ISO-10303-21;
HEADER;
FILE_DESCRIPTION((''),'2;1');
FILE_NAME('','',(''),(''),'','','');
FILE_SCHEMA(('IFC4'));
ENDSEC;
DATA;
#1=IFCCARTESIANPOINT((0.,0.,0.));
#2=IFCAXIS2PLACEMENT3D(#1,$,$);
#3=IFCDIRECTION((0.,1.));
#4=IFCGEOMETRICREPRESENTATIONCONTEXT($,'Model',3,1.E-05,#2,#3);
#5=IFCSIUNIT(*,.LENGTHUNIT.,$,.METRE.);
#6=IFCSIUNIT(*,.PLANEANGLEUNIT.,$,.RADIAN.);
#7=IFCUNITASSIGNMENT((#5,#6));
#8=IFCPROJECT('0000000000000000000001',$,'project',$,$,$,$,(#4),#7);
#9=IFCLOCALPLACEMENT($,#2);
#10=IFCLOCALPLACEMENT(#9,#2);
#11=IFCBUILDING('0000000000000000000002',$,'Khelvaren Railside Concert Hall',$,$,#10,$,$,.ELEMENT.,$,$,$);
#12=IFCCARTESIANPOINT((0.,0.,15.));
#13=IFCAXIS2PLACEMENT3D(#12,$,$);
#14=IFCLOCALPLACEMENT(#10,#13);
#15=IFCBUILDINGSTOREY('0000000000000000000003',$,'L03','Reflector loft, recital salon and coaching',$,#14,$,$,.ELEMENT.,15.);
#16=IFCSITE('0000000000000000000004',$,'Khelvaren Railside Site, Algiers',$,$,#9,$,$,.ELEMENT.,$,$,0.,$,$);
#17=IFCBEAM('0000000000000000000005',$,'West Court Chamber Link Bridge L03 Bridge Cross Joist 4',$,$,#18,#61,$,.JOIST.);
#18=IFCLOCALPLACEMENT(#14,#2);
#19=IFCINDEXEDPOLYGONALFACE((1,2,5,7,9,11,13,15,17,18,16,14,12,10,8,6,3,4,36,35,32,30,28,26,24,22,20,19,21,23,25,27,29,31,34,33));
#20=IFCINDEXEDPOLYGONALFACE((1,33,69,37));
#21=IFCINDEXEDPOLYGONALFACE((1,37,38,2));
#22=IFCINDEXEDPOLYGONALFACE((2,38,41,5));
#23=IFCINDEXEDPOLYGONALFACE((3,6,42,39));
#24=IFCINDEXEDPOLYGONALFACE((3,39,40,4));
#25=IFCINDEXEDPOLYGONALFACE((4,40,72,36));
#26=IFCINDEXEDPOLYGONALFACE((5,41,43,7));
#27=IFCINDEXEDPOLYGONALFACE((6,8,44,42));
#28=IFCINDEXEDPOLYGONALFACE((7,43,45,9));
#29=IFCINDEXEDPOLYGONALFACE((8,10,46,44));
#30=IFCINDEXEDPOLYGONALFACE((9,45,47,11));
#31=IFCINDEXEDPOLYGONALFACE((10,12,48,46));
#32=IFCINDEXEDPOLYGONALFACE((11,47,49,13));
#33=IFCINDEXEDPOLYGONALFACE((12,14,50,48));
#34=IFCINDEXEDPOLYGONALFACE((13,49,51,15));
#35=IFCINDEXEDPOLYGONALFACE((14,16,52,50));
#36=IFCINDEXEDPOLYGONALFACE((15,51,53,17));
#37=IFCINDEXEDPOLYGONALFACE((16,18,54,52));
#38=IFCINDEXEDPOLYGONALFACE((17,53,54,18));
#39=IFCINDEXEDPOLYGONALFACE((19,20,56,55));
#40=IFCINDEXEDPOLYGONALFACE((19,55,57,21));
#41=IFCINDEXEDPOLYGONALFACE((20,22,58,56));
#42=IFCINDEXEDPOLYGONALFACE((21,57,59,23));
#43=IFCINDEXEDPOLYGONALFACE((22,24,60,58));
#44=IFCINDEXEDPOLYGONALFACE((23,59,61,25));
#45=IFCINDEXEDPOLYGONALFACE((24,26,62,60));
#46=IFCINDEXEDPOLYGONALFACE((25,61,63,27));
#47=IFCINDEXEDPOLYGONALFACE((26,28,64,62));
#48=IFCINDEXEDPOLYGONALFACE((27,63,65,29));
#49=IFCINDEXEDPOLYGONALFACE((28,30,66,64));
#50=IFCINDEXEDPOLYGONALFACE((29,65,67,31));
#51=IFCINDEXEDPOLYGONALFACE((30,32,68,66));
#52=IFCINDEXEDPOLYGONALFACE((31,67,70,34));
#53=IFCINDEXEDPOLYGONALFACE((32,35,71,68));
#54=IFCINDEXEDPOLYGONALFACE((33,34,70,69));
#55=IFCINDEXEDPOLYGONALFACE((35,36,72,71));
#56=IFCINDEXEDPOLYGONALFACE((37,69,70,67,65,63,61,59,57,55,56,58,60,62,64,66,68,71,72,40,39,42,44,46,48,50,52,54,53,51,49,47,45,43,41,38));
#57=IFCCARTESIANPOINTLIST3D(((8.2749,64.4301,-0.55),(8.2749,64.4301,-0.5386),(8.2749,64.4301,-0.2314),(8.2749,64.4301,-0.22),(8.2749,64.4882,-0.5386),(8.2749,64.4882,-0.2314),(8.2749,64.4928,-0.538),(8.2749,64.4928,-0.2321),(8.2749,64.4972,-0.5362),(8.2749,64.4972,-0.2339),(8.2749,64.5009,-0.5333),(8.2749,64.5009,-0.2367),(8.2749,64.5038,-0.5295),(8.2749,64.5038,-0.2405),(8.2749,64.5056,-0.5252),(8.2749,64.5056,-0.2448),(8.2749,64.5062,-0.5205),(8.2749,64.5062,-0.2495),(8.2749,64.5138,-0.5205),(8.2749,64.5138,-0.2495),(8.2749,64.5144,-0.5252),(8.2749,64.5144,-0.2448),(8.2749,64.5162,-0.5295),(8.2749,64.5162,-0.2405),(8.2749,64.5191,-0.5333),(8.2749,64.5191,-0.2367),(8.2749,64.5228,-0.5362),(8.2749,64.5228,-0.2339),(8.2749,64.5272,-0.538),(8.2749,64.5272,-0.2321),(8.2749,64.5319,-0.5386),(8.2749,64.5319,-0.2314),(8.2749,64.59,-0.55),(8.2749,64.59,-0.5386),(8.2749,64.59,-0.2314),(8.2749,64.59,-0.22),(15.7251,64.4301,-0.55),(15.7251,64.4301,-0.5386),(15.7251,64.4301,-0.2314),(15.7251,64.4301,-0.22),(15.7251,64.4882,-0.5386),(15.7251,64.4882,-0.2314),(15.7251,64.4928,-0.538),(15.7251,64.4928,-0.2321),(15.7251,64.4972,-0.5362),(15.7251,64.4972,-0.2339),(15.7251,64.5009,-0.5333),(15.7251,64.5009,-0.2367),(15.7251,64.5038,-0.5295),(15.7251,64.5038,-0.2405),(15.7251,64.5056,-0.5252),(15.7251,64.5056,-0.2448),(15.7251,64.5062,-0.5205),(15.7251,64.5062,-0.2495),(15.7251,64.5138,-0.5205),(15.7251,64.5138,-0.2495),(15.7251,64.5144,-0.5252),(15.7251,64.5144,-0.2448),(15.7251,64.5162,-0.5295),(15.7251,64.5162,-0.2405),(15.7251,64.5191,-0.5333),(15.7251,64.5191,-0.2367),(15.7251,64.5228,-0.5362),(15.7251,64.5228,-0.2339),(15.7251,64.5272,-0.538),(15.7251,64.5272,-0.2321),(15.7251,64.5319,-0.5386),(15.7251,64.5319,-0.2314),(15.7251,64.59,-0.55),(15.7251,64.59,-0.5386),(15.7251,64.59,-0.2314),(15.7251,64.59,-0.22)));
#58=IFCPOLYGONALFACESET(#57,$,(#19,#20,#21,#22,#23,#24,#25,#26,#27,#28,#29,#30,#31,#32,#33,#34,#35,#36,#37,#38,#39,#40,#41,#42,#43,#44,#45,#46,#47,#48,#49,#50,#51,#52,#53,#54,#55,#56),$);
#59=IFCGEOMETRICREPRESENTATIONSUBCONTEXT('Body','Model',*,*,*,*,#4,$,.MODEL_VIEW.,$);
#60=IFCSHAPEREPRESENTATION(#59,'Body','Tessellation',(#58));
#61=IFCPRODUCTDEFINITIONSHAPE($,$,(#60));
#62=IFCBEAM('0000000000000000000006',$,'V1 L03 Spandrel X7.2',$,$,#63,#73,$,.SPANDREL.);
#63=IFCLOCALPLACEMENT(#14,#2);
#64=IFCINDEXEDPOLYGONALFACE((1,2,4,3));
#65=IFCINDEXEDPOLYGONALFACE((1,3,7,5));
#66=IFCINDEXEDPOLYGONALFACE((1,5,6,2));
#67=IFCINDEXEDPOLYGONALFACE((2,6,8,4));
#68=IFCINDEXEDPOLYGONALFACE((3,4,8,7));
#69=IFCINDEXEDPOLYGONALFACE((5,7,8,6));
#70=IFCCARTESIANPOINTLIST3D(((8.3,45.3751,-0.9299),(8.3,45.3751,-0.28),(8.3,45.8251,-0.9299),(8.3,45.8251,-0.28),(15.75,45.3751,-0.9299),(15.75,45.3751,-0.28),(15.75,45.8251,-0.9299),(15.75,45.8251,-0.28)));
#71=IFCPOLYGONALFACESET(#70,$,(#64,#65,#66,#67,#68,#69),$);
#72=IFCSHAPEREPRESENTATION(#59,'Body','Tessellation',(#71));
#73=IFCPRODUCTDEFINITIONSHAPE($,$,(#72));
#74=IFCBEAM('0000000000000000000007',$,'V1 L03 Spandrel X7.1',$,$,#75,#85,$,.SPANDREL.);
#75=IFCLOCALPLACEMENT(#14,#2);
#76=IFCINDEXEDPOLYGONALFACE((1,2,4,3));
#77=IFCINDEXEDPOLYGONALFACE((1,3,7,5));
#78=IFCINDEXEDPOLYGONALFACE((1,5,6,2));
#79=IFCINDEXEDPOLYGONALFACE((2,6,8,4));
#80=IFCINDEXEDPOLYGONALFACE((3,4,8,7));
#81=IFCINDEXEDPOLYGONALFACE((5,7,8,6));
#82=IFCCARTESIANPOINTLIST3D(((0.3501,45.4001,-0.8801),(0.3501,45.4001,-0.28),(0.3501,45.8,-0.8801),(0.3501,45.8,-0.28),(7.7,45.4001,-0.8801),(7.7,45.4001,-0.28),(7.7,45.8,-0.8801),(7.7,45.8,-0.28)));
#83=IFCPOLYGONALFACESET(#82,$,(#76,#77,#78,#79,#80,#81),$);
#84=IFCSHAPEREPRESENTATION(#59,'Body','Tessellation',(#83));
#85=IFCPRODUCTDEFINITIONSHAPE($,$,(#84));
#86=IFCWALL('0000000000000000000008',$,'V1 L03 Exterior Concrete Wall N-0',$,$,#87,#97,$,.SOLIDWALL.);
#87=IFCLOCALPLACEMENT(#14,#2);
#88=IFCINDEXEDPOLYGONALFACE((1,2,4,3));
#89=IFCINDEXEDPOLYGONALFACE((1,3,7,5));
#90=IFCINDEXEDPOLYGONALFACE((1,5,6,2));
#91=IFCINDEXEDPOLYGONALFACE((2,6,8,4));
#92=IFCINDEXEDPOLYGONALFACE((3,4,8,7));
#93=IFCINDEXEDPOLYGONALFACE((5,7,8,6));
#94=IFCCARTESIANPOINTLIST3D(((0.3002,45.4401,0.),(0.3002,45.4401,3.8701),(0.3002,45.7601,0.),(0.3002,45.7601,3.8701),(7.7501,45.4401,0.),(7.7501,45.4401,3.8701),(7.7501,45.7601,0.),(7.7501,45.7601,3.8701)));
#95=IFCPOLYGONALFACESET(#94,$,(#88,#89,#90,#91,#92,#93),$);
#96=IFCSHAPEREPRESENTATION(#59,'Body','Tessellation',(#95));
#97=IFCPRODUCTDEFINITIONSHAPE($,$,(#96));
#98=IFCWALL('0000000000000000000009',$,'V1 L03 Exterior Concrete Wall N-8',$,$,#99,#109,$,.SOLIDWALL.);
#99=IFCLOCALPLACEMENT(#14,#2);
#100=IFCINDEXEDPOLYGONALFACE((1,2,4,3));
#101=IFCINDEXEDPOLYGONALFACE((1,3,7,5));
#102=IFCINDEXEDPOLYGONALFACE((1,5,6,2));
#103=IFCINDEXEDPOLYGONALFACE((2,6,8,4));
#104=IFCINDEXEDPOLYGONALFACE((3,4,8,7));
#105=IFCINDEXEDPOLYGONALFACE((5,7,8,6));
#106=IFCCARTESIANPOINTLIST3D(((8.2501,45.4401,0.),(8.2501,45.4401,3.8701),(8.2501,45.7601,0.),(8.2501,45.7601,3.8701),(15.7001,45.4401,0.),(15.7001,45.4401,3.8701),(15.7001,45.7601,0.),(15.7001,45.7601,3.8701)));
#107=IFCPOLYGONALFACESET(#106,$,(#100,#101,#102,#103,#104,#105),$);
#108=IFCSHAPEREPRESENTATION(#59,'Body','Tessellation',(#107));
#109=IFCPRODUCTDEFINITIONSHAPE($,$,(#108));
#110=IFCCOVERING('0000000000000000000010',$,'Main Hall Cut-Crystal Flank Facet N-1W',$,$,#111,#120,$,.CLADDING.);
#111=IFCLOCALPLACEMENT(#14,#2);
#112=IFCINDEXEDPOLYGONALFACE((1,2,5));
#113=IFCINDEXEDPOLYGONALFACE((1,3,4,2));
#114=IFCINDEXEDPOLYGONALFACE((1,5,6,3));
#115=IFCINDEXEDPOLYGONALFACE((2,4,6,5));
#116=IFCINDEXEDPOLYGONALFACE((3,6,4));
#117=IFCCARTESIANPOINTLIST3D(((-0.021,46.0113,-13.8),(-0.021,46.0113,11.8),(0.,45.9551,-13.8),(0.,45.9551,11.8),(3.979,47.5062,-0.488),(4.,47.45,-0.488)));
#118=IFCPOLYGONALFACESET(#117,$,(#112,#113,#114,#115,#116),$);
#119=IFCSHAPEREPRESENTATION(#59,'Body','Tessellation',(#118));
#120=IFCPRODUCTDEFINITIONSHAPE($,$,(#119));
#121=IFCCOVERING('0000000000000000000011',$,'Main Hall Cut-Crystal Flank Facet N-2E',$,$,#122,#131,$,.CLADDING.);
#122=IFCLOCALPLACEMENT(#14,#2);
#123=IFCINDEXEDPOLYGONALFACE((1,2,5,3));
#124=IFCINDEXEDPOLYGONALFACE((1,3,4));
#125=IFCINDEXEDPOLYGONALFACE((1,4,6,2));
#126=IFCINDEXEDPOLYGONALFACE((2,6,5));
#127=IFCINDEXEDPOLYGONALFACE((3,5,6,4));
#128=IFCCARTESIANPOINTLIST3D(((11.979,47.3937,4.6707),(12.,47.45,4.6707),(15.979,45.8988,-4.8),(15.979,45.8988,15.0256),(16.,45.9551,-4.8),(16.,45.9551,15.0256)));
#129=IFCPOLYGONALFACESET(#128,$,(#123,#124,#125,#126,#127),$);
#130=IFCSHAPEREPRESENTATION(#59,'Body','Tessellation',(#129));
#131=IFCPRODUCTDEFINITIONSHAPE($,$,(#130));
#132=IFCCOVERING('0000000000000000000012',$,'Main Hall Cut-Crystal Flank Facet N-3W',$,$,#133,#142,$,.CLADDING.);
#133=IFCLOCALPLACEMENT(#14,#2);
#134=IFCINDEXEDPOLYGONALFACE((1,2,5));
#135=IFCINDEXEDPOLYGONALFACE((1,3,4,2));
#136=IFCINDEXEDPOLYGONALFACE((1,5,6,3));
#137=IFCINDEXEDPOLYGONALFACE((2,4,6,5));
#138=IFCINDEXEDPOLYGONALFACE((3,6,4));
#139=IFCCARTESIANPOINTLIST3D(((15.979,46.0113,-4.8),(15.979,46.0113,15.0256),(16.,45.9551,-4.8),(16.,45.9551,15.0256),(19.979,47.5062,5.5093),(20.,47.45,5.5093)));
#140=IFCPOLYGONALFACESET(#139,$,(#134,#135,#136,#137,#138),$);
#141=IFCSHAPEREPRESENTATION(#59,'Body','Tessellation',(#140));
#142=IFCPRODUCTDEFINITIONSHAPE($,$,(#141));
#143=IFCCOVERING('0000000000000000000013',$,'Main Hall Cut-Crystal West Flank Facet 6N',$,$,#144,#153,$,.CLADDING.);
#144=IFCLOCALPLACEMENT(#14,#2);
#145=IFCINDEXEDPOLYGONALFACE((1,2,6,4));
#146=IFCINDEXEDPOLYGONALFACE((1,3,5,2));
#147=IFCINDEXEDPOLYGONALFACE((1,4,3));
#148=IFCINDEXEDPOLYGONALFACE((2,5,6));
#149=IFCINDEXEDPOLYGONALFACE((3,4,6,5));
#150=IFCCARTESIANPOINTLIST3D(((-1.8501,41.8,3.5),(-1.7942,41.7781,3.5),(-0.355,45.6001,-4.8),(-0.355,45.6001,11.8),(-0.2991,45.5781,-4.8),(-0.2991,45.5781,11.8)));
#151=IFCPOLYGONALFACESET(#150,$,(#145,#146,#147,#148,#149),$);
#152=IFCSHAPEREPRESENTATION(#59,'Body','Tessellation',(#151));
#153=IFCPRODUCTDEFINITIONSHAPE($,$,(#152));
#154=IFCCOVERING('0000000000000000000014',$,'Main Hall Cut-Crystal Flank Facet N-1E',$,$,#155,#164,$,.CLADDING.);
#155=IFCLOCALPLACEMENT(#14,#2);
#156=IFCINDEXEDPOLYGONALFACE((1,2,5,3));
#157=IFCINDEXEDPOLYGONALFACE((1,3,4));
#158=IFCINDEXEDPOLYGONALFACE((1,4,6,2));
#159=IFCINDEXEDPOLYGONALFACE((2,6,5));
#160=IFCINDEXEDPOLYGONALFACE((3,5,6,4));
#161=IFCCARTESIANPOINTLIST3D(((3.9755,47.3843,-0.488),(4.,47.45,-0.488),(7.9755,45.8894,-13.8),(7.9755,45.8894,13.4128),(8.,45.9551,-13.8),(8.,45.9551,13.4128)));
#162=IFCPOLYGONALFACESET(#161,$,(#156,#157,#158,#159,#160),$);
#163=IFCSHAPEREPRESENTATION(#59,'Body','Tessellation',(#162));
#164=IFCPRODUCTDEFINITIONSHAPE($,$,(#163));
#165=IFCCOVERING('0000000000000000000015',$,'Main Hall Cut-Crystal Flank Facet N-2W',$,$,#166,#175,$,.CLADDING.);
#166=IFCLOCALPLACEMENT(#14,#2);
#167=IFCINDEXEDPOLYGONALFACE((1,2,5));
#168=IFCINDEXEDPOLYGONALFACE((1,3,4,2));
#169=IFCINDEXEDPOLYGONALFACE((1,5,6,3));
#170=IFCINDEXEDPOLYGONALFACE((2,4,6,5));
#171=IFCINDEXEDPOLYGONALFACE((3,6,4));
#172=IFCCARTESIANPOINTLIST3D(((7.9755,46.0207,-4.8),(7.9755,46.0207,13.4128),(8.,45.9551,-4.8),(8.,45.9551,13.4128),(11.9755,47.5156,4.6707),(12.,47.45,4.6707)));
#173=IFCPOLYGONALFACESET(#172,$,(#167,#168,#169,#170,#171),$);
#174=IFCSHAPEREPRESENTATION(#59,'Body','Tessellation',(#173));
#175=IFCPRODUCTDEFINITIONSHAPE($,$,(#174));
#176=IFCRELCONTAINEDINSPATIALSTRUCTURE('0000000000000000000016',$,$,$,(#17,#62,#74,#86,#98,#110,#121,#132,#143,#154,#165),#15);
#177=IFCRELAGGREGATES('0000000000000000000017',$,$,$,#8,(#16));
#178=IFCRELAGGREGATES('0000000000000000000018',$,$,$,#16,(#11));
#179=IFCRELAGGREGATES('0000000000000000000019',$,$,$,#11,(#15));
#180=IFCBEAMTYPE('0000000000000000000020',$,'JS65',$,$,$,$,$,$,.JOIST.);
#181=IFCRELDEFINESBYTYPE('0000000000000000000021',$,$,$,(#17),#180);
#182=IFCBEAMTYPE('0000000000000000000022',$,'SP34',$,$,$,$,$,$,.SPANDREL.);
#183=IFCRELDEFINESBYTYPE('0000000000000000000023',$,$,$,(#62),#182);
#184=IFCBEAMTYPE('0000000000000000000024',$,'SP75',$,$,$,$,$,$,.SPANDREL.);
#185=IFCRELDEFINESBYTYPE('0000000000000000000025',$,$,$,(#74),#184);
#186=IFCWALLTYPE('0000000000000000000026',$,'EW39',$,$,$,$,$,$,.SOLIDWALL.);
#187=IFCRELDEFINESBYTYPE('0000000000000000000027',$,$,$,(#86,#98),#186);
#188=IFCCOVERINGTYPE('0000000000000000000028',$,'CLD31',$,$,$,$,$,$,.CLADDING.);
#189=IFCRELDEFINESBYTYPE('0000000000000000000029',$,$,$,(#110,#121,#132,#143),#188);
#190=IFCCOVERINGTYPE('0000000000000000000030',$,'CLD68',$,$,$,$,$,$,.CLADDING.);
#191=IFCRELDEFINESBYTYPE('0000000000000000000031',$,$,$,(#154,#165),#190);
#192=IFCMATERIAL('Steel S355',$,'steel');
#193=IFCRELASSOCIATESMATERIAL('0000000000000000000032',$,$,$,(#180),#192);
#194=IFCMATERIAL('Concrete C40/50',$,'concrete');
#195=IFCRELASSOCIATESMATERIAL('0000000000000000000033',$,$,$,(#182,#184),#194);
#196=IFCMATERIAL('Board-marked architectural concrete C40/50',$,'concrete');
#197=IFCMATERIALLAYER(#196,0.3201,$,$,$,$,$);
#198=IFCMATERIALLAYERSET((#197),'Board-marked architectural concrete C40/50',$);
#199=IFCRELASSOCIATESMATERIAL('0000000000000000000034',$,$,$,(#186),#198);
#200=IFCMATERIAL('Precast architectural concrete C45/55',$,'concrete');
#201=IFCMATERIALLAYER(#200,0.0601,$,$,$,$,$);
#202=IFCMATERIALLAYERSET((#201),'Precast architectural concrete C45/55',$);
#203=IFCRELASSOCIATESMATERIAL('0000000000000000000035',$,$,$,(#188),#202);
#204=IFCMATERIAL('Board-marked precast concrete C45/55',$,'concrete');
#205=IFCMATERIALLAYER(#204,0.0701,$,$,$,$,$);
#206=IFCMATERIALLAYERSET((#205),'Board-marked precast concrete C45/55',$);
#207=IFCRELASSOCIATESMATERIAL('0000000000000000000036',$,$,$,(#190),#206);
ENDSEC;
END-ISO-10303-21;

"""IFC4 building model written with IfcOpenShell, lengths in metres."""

from ifc_helpers import new_model, si_unit, direction, frame, frame_2d, origin, origin_2d, place, context, subcontext, project, spatial, polyline, rectangle, i_section, outline, extrude, material, layer, layer_set, material_profile, profile_set, type_object, element, save


model = new_model("IFC4")

# Units and contexts
model_context = context("Model", 3, precision=1e-05, world=origin(), true_north=direction((0.0, 1.0)))
body_context = subcontext(model_context, "Body", "Model", "MODEL_VIEW")
ifc_project = project(units=[si_unit("LENGTHUNIT", "METRE"), si_unit("PLANEANGLEUNIT", "RADIAN")], contexts=[model_context])

# Site, building, storey
site_placement = place(None, origin())
site = spatial("IfcSite", under=ifc_project, at=site_placement, Name="Khelvaren Railside Site, Algiers", CompositionType="ELEMENT", RefElevation=0.0)
building_placement = place(site_placement, origin())
building = spatial("IfcBuilding", under=site, at=building_placement, Name="Khelvaren Railside Concert Hall", CompositionType="ELEMENT")
storey_placement = place(building_placement, frame((0.0, 0.0, 15.0)))
storey = spatial("IfcBuildingStorey", under=building, at=storey_placement, Name="L03", Description="Reflector loft, recital salon and coaching", CompositionType="ELEMENT", Elevation=15.0)

# Beams
ifc_material_1 = material(Name="Concrete C40/50", Category="concrete")
ifc_material_2 = material(Name="Steel S355", Category="steel")
ifc_material_profile_1 = material_profile(ifc_material_2, i_section(OverallWidth=0.1599, OverallDepth=0.3301, WebThickness=0.0076, FlangeThickness=0.0115, FilletRadius=0.0181, at=origin_2d()), Name="IPE 330")
ifc_profile_set_1 = profile_set([ifc_material_profile_1], Name="Steel S355")
beam_type_1 = type_object("IfcBeamType", Name="JS65", PredefinedType="JOIST", material=ifc_profile_set_1)
for number, where, z_axis, x_axis, name in (
    (1, (8.2749, 64.51, -0.385), (1.0, 0.0, 0.0), (0.0, 1.0, 0.0), "West Court Chamber Link Bridge L03 Bridge Cross Joist 4"),
):
    element("IfcBeam", number, at=place(storey_placement, frame(where, z_axis=z_axis, x_axis=x_axis)), inside=storey, type_object=beam_type_1, Name=name, PredefinedType="JOIST", context=body_context, shape_type="SweptSolid", body=[
        extrude(i_section(OverallWidth=0.1599, OverallDepth=0.3301, WebThickness=0.0076, FlangeThickness=0.0115, FilletRadius=0.0181, at=origin_2d()), origin(), (0.0, 0.0, 1.0), 7.4502),
    ])
ifc_material_profile_2 = material_profile(ifc_material_1, rectangle(XDim=0.45, YDim=0.6499, at=origin_2d()), Name="RCB 450x650")
ifc_profile_set_2 = profile_set([ifc_material_profile_2], Name="Concrete C40/50")
beam_type_2 = type_object("IfcBeamType", Name="SP34", PredefinedType="SPANDREL", material=ifc_profile_set_2)
beam_1_placement = place(storey_placement, frame((8.3, 45.6001, -0.605), z_axis=(1.0, 0.0, 0.0), x_axis=(0.0, 1.0, 0.0)))
element("IfcBeam", 2, at=beam_1_placement, inside=storey, type_object=beam_type_2, Name="V1 L03 Spandrel X7.2", PredefinedType="SPANDREL", context=body_context, shape_type="SweptSolid", body=[
    extrude(rectangle(XDim=0.45, YDim=0.6499, at=origin_2d()), origin(), (0.0, 0.0, 1.0), 7.45),
])
ifc_material_profile_3 = material_profile(ifc_material_1, rectangle(XDim=0.3999, YDim=0.6001, at=origin_2d()), Name="RCB 400x600")
ifc_profile_set_3 = profile_set([ifc_material_profile_3], Name="Concrete C40/50")
beam_type_3 = type_object("IfcBeamType", Name="SP75", PredefinedType="SPANDREL", material=ifc_profile_set_3)
beam_2_placement = place(storey_placement, frame((0.3501, 45.6001, -0.5801), z_axis=(1.0, 0.0, 0.0), x_axis=(0.0, 1.0, 0.0)))
element("IfcBeam", 3, at=beam_2_placement, inside=storey, type_object=beam_type_3, Name="V1 L03 Spandrel X7.1", PredefinedType="SPANDREL", context=body_context, shape_type="SweptSolid", body=[
    extrude(rectangle(XDim=0.3999, YDim=0.6001, at=origin_2d()), origin(), (0.0, 0.0, 1.0), 7.3499),
])

# Walls
ifc_material_3 = material(Name="Board-marked architectural concrete C40/50", Category="concrete")
ifc_layer_1 = layer(ifc_material_3, 0.3201)
ifc_layer_set_1 = layer_set([ifc_layer_1], Name="Board-marked architectural concrete C40/50")
wall_type = type_object("IfcWallType", Name="EW39", PredefinedType="SOLIDWALL", material=ifc_layer_set_1)
for number, where, z_axis, x_axis, name in (
    (4, (0.3, 45.6001, 0.0), (0.0, 0.0, 1.0), (1.0, 0.0, 0.0), "V1 L03 Exterior Concrete Wall N-0"),
    (5, (8.25, 45.6001, 0.0), (0.0, 0.0, 1.0), (1.0, 0.0, 0.0), "V1 L03 Exterior Concrete Wall N-8"),
):
    element("IfcWall", number, at=place(storey_placement, frame(where, z_axis=z_axis, x_axis=x_axis)), inside=storey, type_object=wall_type, Name=name, PredefinedType="SOLIDWALL", context=body_context, shape_type="SweptSolid", body=[
        extrude(rectangle(XDim=7.45, YDim=0.3201, at=frame_2d((3.7251, 0.0))), origin(), (0.0, 0.0, 1.0), 3.8701),
    ])

# Coverings
ifc_material_4 = material(Name="Precast architectural concrete C45/55", Category="concrete")
ifc_layer_2 = layer(ifc_material_4, 0.0601)
ifc_layer_set_2 = layer_set([ifc_layer_2], Name="Precast architectural concrete C45/55")
covering_type_1 = type_object("IfcCoveringType", Name="CLD31", PredefinedType="CLADDING", material=ifc_layer_set_2)
covering_1_placement = place(storey_placement, frame((0.0, 45.9551, 11.8), z_axis=(0.350071, -0.936723, 0.0), x_axis=(0.0, 0.0, -1.0)))
element("IfcCovering", 6, at=covering_1_placement, inside=storey, type_object=covering_type_1, Name="Main Hall Cut-Crystal Flank Facet N-1W", PredefinedType="CLADDING", context=body_context, shape_type="SweptSolid", body=[
    extrude(outline(polyline([(0.0, 0.0), (25.6001, 0.0), (12.2881, 4.2702), (0.0, 0.0)])), origin(), (0.0, 0.0, -1.0), 0.0601),
])
covering_2_placement = place(storey_placement, frame((16.0, 45.9551, 15.0256), z_axis=(0.350071, 0.936723, 0.0), x_axis=(0.0, 0.0, -1.0)))
element("IfcCovering", 7, at=covering_2_placement, inside=storey, type_object=covering_type_1, Name="Main Hall Cut-Crystal Flank Facet N-2E", PredefinedType="CLADDING", context=body_context, shape_type="SweptSolid", body=[
    extrude(outline(polyline([(0.0, 0.0), (19.8257, 0.0), (10.355, 4.2702), (0.0, 0.0)])), origin(), (0.0, 0.0, -1.0), 0.0601),
])
covering_3_placement = place(storey_placement, frame((16.0, 45.9551, 15.0256), z_axis=(0.350071, -0.936723, 0.0), x_axis=(0.0, 0.0, -1.0)))
element("IfcCovering", 8, at=covering_3_placement, inside=storey, type_object=covering_type_1, Name="Main Hall Cut-Crystal Flank Facet N-3W", PredefinedType="CLADDING", context=body_context, shape_type="SweptSolid", body=[
    extrude(outline(polyline([(0.0, 0.0), (19.8257, 0.0), (9.5164, 4.2702), (0.0, 0.0)])), origin(), (0.0, 0.0, -1.0), 0.0601),
])
covering_4_placement = place(storey_placement, frame((-0.355, 45.6001, 11.8), z_axis=(-0.930565, 0.366128, 0.0), x_axis=(0.0, 0.0, -1.0)))
element("IfcCovering", 9, at=covering_4_placement, inside=storey, type_object=covering_type_1, Name="Main Hall Cut-Crystal West Flank Facet 6N", PredefinedType="CLADDING", context=body_context, shape_type="SweptSolid", body=[
    extrude(outline(polyline([(0.0, 0.0), (16.6001, 0.0), (8.3, 4.0836), (0.0, 0.0)])), origin(), (0.0, 0.0, -1.0), 0.0601),
])
ifc_material_5 = material(Name="Board-marked precast concrete C45/55", Category="concrete")
ifc_layer_3 = layer(ifc_material_5, 0.0701)
ifc_layer_set_3 = layer_set([ifc_layer_3], Name="Board-marked precast concrete C45/55")
covering_type_2 = type_object("IfcCoveringType", Name="CLD68", PredefinedType="CLADDING", material=ifc_layer_set_3)
covering_5_placement = place(storey_placement, frame((8.0, 45.9551, 13.4128), z_axis=(0.350071, 0.936723, 0.0), x_axis=(0.0, 0.0, -1.0)))
element("IfcCovering", 10, at=covering_5_placement, inside=storey, type_object=covering_type_2, Name="Main Hall Cut-Crystal Flank Facet N-1E", PredefinedType="CLADDING", context=body_context, shape_type="SweptSolid", body=[
    extrude(outline(polyline([(0.0, 0.0), (27.2129, 0.0), (13.9009, 4.2702), (0.0, 0.0)])), origin(), (0.0, 0.0, -1.0), 0.0701),
])
covering_6_placement = place(storey_placement, frame((8.0, 45.9551, 13.4128), z_axis=(0.350071, -0.936723, 0.0), x_axis=(0.0, 0.0, -1.0)))
element("IfcCovering", 11, at=covering_6_placement, inside=storey, type_object=covering_type_2, Name="Main Hall Cut-Crystal Flank Facet N-2W", PredefinedType="CLADDING", context=body_context, shape_type="SweptSolid", body=[
    extrude(outline(polyline([(0.0, 0.0), (18.2129, 0.0), (8.7422, 4.2702), (0.0, 0.0)])), origin(), (0.0, 0.0, -1.0), 0.0701),
])

save(model, "model.ifc")
